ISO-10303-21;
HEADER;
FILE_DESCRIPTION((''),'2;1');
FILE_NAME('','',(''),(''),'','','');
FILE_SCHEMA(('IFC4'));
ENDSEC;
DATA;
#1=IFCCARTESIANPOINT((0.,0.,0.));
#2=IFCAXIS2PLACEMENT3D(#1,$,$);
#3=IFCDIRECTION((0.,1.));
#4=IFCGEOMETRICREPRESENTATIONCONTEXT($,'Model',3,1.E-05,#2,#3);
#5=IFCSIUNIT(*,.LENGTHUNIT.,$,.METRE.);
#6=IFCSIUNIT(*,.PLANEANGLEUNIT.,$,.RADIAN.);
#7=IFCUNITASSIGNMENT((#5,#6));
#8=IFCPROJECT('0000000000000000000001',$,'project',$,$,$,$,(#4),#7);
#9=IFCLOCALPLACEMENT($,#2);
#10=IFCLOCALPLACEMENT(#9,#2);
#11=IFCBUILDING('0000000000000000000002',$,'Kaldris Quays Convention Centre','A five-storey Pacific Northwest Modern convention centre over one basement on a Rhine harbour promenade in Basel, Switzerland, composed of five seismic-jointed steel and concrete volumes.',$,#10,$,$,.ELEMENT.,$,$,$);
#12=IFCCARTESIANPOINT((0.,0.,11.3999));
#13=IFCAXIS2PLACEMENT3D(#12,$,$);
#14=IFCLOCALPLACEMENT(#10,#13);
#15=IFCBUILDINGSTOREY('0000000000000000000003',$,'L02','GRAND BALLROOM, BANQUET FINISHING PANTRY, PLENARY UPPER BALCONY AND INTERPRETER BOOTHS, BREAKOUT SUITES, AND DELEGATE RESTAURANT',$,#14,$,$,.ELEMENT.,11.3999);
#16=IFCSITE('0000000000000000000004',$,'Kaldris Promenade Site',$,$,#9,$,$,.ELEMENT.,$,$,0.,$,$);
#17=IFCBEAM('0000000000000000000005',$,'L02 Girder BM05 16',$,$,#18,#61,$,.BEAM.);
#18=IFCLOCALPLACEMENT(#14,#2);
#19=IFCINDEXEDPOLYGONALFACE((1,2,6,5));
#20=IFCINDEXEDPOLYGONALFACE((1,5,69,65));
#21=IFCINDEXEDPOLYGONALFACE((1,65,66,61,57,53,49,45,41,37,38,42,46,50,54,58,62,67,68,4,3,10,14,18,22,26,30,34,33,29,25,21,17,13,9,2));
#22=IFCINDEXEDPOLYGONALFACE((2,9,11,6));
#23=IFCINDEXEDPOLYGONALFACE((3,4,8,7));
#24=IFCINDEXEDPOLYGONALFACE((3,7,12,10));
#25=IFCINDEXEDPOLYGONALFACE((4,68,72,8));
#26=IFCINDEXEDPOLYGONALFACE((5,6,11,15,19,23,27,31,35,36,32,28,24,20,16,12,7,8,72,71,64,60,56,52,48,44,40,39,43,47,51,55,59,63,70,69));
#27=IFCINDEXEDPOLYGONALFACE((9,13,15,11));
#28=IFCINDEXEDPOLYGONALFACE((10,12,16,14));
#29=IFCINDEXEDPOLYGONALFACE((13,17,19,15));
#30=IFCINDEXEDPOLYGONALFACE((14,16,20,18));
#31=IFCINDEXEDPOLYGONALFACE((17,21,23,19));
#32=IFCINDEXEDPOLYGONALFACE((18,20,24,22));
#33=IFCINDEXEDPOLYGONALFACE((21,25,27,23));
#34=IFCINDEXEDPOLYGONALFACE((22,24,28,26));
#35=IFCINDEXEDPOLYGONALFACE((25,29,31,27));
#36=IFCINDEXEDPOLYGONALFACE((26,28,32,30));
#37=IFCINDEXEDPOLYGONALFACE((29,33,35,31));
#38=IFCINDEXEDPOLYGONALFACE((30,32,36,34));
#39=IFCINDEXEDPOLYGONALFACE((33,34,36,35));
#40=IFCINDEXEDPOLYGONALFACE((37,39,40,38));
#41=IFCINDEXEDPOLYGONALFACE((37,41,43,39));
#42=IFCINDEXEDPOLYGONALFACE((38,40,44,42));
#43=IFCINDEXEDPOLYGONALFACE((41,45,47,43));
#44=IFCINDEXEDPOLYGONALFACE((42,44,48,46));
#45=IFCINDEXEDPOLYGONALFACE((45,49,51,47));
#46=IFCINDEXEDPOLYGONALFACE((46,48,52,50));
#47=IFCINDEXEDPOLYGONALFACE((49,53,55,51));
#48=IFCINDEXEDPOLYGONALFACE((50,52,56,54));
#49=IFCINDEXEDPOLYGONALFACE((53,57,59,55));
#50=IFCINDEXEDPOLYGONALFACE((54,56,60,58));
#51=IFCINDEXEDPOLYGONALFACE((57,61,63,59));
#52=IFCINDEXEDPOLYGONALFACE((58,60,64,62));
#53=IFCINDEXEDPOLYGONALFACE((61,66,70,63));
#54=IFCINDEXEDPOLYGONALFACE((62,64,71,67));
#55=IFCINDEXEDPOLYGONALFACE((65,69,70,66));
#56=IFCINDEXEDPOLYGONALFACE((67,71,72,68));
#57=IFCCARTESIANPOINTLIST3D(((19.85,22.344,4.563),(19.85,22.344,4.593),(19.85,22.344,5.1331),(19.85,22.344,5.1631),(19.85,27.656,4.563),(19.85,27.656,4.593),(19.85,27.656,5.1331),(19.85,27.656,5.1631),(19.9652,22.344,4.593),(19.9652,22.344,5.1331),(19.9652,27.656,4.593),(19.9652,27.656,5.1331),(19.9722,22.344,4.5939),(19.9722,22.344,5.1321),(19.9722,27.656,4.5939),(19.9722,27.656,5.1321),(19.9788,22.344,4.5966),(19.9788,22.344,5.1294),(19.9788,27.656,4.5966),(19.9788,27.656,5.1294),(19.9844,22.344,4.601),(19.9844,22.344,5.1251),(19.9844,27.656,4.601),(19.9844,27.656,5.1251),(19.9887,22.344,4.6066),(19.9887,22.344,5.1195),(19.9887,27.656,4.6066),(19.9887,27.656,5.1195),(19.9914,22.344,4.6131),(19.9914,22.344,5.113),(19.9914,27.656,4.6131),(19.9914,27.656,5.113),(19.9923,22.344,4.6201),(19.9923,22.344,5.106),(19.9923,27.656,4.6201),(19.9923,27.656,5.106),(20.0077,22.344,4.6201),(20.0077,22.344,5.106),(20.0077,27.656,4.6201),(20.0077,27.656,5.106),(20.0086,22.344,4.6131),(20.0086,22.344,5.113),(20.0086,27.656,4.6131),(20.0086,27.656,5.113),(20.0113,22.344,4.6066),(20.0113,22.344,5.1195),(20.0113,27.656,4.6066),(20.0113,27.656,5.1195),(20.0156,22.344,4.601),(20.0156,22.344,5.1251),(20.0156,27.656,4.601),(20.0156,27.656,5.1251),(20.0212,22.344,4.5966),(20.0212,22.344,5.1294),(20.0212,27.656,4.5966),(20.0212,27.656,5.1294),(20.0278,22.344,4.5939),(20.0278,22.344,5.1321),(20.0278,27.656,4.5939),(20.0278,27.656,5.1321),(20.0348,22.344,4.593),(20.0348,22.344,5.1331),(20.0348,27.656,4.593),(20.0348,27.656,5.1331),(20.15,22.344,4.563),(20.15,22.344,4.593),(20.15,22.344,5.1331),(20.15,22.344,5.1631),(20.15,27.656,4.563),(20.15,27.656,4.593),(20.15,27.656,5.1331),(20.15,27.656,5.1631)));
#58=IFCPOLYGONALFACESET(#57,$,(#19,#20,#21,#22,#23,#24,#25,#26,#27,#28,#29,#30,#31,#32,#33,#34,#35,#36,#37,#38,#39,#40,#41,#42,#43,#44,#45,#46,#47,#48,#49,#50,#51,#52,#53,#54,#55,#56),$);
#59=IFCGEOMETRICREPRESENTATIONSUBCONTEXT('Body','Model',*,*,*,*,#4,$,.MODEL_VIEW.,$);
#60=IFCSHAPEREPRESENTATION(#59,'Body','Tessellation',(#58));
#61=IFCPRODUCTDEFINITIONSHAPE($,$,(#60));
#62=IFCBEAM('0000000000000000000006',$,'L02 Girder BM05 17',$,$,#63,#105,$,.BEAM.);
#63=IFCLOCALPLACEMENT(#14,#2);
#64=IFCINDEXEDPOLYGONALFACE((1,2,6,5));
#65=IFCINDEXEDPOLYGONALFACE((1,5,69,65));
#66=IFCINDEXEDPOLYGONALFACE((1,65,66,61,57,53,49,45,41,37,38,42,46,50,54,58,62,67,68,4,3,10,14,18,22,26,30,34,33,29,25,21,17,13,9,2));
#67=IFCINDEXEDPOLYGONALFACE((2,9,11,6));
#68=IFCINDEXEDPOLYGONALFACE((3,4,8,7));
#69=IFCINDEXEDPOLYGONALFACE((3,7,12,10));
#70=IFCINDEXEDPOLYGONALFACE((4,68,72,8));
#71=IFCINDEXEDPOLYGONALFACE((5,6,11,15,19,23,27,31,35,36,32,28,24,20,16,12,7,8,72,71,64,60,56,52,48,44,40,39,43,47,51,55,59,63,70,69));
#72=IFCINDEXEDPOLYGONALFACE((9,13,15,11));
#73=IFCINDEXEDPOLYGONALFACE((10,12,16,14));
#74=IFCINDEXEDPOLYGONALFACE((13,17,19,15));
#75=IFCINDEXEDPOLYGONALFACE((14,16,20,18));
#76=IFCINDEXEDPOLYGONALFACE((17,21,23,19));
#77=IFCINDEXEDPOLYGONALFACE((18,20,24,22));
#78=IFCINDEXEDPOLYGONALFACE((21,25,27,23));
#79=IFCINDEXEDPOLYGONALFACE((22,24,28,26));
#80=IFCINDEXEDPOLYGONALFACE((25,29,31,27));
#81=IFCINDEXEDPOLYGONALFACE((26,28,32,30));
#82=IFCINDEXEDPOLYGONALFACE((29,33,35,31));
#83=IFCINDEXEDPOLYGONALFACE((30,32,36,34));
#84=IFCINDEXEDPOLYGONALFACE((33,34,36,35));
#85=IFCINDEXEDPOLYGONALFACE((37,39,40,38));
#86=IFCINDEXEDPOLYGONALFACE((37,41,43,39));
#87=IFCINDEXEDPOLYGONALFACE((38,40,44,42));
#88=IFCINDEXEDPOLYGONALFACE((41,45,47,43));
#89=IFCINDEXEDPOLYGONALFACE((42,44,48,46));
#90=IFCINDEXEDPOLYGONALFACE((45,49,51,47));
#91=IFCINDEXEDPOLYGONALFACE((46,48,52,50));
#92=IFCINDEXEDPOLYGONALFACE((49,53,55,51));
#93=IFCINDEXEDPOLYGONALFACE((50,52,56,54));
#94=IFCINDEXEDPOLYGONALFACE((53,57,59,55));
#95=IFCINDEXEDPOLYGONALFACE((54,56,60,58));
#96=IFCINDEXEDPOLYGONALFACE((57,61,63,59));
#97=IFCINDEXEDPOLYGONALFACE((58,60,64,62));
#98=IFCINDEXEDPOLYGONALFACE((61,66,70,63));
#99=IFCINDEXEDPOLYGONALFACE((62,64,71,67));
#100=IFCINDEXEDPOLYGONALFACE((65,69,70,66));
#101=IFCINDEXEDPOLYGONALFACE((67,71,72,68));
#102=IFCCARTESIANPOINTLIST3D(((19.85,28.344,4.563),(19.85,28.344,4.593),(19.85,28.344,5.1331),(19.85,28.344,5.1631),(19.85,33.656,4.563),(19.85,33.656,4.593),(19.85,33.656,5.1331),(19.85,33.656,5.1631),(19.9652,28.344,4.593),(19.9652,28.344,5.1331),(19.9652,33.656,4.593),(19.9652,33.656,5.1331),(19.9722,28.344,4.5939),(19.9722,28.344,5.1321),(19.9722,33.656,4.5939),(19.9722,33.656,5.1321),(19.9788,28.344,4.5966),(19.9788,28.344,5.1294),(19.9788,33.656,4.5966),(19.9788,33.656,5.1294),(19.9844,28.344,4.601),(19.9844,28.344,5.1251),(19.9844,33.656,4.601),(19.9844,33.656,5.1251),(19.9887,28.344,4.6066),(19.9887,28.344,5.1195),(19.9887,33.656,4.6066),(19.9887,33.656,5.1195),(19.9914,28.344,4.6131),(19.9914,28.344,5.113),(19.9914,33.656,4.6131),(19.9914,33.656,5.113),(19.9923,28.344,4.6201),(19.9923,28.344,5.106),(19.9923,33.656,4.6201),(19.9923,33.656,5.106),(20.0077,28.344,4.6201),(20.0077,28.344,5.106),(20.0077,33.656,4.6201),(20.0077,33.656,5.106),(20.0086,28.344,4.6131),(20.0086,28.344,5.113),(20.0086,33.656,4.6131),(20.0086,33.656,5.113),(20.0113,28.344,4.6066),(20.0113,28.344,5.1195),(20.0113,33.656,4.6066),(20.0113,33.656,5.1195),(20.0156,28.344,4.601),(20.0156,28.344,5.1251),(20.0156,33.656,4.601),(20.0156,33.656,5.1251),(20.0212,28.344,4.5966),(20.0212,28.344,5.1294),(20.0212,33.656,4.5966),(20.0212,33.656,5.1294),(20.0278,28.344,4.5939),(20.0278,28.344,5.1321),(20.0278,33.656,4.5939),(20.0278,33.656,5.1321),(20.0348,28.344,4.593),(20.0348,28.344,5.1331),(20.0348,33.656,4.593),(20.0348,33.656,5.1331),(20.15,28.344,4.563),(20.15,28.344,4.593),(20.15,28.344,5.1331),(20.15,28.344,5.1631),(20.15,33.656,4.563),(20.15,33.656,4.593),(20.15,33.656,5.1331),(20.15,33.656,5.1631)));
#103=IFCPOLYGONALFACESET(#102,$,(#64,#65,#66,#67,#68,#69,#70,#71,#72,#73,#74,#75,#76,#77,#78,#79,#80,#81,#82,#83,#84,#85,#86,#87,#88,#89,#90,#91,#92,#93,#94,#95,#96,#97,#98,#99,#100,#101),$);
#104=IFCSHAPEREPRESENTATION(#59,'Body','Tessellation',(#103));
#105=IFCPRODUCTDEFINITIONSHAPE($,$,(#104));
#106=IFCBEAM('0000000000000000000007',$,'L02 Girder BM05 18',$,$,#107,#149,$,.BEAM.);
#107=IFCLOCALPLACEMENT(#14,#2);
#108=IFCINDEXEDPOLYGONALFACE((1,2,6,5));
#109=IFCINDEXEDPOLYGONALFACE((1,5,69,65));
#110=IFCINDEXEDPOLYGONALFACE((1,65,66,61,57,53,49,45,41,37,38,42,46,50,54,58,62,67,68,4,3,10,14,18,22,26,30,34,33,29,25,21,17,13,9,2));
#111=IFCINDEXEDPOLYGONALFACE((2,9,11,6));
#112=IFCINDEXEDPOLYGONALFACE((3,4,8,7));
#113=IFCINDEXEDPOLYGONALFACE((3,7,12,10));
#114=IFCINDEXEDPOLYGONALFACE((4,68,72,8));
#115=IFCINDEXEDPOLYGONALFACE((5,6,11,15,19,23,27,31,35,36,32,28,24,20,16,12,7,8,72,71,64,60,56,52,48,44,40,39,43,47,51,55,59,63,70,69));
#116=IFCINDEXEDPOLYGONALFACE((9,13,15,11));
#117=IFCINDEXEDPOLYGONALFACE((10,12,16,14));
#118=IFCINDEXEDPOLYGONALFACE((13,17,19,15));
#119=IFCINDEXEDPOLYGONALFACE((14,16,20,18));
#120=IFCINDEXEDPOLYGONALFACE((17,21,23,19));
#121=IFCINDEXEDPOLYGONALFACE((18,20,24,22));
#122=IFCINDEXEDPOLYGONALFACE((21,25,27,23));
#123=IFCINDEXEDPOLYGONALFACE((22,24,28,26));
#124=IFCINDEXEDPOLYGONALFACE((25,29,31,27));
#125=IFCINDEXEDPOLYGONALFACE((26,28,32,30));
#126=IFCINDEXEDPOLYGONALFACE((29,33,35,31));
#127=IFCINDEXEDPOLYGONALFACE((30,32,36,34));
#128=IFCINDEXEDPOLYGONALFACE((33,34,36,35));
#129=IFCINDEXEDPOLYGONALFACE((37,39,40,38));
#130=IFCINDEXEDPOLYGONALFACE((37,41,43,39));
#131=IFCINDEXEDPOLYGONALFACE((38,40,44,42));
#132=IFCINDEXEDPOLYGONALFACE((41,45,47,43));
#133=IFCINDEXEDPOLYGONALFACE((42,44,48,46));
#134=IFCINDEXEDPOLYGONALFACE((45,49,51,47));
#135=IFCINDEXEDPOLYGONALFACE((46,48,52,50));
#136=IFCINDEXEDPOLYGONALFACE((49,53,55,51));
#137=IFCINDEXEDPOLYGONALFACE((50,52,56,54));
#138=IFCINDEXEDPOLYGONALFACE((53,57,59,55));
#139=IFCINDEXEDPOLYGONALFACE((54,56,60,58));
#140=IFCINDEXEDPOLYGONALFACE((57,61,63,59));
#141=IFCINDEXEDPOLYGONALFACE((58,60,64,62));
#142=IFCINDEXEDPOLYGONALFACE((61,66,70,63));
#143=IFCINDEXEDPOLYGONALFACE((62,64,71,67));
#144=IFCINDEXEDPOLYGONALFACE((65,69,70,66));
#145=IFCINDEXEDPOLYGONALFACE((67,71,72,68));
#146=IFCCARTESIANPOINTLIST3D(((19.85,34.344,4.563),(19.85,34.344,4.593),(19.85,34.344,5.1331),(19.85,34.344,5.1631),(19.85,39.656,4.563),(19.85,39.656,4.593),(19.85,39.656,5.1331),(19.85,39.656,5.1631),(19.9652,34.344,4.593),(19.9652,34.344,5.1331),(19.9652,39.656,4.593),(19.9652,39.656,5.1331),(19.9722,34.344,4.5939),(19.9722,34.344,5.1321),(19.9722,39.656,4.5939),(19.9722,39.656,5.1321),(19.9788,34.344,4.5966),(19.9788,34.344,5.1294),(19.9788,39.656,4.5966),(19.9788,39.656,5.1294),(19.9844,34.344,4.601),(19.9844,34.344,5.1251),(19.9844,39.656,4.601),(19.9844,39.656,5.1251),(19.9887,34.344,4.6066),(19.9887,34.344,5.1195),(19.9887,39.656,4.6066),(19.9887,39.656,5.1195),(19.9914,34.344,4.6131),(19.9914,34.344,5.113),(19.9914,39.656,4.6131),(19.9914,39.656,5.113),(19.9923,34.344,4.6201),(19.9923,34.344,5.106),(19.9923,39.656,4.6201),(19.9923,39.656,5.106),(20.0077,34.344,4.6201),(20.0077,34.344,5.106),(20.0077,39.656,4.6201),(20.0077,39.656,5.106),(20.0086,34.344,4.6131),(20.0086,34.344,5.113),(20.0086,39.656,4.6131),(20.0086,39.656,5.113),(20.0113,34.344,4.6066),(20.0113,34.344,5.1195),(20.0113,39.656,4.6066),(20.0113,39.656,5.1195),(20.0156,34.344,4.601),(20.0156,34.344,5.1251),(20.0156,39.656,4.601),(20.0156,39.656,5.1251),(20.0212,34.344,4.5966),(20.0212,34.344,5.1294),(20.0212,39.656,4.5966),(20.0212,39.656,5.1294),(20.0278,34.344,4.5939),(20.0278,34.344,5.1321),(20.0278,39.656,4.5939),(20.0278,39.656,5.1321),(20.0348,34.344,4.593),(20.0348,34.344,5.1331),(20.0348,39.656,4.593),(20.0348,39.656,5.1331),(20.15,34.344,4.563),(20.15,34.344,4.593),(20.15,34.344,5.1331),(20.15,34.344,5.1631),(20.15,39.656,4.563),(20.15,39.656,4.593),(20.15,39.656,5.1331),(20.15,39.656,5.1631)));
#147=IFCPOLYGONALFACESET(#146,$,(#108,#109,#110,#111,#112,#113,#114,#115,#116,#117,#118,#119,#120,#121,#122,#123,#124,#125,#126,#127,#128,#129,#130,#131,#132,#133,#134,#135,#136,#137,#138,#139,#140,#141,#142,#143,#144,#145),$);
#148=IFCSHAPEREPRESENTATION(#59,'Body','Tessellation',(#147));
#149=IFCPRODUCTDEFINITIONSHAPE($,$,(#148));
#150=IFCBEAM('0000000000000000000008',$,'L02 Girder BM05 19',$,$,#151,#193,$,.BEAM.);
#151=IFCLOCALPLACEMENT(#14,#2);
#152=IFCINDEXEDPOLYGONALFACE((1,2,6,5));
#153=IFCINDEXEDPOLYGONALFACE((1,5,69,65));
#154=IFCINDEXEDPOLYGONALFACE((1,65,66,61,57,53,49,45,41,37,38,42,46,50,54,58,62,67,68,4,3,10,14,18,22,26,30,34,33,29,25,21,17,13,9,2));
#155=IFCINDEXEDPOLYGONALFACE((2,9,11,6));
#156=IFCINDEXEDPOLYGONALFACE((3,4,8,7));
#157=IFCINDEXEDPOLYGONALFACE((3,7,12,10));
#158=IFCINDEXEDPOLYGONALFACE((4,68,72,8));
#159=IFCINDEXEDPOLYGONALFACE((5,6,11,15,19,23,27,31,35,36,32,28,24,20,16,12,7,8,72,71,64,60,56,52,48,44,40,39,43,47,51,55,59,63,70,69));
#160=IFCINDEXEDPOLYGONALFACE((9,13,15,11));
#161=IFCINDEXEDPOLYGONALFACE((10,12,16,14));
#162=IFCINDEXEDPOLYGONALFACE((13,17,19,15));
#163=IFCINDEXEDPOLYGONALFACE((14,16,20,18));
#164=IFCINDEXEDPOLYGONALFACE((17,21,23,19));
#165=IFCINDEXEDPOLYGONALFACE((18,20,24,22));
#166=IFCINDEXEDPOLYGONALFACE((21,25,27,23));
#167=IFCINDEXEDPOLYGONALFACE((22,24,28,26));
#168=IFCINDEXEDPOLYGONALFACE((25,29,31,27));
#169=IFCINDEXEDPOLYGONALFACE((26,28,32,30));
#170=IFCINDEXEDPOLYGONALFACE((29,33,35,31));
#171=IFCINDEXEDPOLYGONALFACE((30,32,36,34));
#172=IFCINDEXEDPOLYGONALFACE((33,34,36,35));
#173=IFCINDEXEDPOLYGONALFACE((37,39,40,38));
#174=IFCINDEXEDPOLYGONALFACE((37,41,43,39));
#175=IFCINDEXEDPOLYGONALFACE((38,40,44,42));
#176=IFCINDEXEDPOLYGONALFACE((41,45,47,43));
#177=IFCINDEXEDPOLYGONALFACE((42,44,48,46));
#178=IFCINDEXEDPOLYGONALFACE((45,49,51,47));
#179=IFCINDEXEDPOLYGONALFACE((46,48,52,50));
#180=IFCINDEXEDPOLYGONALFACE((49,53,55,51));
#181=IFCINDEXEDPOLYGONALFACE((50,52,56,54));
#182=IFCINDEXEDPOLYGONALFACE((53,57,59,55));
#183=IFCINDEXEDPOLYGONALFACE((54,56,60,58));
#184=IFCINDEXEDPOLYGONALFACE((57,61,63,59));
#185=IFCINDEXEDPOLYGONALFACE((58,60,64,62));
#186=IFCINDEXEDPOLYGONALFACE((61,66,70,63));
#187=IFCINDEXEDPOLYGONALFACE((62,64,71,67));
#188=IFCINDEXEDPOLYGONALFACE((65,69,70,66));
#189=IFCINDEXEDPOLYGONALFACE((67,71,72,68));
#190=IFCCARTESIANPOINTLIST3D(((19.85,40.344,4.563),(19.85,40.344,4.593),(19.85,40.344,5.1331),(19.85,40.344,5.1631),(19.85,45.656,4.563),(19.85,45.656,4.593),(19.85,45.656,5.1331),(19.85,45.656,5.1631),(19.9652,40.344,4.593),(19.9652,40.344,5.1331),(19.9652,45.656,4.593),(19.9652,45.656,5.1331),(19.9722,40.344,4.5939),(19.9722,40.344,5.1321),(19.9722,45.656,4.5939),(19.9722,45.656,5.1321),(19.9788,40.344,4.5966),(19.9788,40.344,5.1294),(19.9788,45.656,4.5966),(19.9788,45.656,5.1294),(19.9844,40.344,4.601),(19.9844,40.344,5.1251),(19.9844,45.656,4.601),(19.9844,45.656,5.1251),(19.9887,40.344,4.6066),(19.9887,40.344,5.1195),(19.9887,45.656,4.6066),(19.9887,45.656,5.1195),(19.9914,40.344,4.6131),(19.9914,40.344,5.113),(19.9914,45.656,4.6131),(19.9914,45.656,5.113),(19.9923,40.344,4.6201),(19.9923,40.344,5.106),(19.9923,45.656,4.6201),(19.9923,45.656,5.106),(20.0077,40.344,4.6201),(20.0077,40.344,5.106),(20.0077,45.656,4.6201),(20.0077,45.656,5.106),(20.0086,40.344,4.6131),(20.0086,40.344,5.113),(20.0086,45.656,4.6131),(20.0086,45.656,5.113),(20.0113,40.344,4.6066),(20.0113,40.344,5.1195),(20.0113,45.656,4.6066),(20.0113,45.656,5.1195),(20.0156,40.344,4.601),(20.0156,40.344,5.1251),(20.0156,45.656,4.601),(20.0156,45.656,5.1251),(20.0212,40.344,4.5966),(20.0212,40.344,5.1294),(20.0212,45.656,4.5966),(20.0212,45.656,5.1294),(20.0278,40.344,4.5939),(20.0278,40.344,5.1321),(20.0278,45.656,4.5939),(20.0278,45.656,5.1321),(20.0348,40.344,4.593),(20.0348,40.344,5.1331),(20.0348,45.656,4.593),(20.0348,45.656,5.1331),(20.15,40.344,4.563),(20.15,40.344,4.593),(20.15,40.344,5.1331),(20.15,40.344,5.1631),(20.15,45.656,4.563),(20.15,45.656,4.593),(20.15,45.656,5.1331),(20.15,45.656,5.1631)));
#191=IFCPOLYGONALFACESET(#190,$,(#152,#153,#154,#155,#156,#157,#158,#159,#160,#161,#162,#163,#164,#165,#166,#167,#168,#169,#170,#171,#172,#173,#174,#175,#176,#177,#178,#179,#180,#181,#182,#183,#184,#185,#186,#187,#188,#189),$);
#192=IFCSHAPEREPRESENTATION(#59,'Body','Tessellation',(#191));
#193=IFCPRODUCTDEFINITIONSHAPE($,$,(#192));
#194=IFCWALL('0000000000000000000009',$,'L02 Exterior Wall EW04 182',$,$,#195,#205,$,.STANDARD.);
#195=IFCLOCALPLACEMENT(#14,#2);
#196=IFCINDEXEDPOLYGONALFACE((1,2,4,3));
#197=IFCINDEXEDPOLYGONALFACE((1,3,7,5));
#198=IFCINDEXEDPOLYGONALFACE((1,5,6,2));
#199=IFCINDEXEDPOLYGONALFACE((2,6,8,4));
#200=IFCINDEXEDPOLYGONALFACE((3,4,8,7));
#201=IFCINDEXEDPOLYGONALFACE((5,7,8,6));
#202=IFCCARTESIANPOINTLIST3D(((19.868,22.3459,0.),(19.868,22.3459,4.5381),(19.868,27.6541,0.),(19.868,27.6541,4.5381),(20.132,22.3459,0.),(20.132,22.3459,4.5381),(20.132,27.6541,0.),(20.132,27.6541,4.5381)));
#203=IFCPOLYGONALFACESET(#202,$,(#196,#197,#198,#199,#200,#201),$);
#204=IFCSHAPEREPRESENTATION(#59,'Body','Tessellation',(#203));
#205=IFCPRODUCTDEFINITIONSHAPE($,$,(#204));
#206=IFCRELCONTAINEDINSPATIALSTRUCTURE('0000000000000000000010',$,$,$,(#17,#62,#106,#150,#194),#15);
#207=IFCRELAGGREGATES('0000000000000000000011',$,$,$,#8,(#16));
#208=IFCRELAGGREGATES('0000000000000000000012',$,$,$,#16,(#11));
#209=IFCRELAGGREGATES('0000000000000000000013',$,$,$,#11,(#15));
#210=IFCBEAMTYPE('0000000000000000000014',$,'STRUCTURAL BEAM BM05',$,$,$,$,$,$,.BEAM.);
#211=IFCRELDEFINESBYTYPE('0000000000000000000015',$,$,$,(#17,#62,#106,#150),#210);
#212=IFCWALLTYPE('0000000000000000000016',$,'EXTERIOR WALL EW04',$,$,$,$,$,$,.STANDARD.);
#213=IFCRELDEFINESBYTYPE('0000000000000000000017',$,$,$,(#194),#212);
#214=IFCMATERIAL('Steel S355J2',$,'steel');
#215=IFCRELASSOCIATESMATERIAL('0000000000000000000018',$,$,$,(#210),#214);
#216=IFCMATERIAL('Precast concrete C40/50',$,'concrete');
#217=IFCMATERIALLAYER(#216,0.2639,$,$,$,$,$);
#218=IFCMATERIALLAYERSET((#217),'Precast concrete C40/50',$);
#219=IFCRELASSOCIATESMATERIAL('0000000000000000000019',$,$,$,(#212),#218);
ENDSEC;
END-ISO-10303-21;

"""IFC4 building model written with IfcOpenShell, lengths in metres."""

from ifc_helpers import new_model, si_unit, direction, frame, frame_2d, origin, origin_2d, place, context, subcontext, project, spatial, rectangle, i_section, extrude, material, layer, layer_set, material_profile, profile_set, type_object, element, save


model = new_model("IFC4")

# Units and contexts
model_context = context("Model", 3, precision=1e-05, world=origin(), true_north=direction((0.0, 1.0)))
body_context = subcontext(model_context, "Body", "Model", "MODEL_VIEW")
ifc_project = project(units=[si_unit("LENGTHUNIT", "METRE"), si_unit("PLANEANGLEUNIT", "RADIAN")], contexts=[model_context])

# Site, building, storey
site_placement = place(None, origin())
site = spatial("IfcSite", under=ifc_project, at=site_placement, Name="Kaldris Promenade Site", CompositionType="ELEMENT", RefElevation=0.0)
building_placement = place(site_placement, origin())
building = spatial("IfcBuilding", under=site, at=building_placement, Name="Kaldris Quays Convention Centre", Description="A five-storey Pacific Northwest Modern convention centre over one basement on a Rhine harbour promenade in Basel, Switzerland, composed of five seismic-jointed steel and concrete volumes.", CompositionType="ELEMENT")
storey_placement = place(building_placement, frame((0.0, 0.0, 11.3999)))
storey = spatial("IfcBuildingStorey", under=building, at=storey_placement, Name="L02", Description="GRAND BALLROOM, BANQUET FINISHING PANTRY, PLENARY UPPER BALCONY AND INTERPRETER BOOTHS, BREAKOUT SUITES, AND DELEGATE RESTAURANT", CompositionType="ELEMENT", Elevation=11.3999)

# Shared definitions
ifc_material_1 = material(Name="Steel S355J2", Category="steel")

# Beams
ifc_material_profile_1 = material_profile(ifc_material_1, i_section(OverallWidth=0.3, OverallDepth=0.6001, WebThickness=0.0154, FlangeThickness=0.03, FilletRadius=0.0271, at=origin_2d()), Name="HEB 600")
ifc_profile_set_1 = profile_set([ifc_material_profile_1], Name="Steel S355J2")
beam_type = type_object("IfcBeamType", Name="STRUCTURAL BEAM BM05", PredefinedType="BEAM", material=ifc_profile_set_1)
for number, where, z_axis, x_axis, name in (
    (1, (20.0, 22.344, 4.863), (0.0, 1.0, 0.0), (-1.0, 0.0, 0.0), "L02 Girder BM05 16"),
    (2, (20.0, 28.344, 4.863), (0.0, 1.0, 0.0), (-1.0, 0.0, 0.0), "L02 Girder BM05 17"),
    (3, (20.0, 34.344, 4.863), (0.0, 1.0, 0.0), (-1.0, 0.0, 0.0), "L02 Girder BM05 18"),
    (4, (20.0, 40.344, 4.863), (0.0, 1.0, 0.0), (-1.0, 0.0, 0.0), "L02 Girder BM05 19"),
):
    element("IfcBeam", number, at=place(storey_placement, frame(where, z_axis=z_axis, x_axis=x_axis)), inside=storey, type_object=beam_type, Name=name, PredefinedType="BEAM", context=body_context, shape_type="SweptSolid", body=[
        extrude(i_section(OverallWidth=0.3, OverallDepth=0.6001, WebThickness=0.0154, FlangeThickness=0.03, FilletRadius=0.0271, at=origin_2d()), origin(), (0.0, 0.0, 1.0), 5.312),
    ])

# Wall
ifc_material_2 = material(Name="Precast concrete C40/50", Category="concrete")
ifc_layer_1 = layer(ifc_material_2, 0.2639)
ifc_layer_set_1 = layer_set([ifc_layer_1], Name="Precast concrete C40/50")
wall_type_1 = type_object("IfcWallType", Name="EXTERIOR WALL EW04", PredefinedType="STANDARD", material=ifc_layer_set_1)
wall_1_placement = place(storey_placement, frame((20.0, 22.3459, 0.0), z_axis=(0.0, 0.0, 1.0), x_axis=(0.0, 1.0, 0.0)))
element("IfcWall", 5, at=wall_1_placement, inside=storey, type_object=wall_type_1, Name="L02 Exterior Wall EW04 182", PredefinedType="STANDARD", context=body_context, shape_type="SweptSolid", body=[
    extrude(rectangle(XDim=5.3081, YDim=0.2639, at=frame_2d((2.6541, 0.0))), origin(), (0.0, 0.0, 1.0), 4.5381),
])

save(model, "model.ifc")
